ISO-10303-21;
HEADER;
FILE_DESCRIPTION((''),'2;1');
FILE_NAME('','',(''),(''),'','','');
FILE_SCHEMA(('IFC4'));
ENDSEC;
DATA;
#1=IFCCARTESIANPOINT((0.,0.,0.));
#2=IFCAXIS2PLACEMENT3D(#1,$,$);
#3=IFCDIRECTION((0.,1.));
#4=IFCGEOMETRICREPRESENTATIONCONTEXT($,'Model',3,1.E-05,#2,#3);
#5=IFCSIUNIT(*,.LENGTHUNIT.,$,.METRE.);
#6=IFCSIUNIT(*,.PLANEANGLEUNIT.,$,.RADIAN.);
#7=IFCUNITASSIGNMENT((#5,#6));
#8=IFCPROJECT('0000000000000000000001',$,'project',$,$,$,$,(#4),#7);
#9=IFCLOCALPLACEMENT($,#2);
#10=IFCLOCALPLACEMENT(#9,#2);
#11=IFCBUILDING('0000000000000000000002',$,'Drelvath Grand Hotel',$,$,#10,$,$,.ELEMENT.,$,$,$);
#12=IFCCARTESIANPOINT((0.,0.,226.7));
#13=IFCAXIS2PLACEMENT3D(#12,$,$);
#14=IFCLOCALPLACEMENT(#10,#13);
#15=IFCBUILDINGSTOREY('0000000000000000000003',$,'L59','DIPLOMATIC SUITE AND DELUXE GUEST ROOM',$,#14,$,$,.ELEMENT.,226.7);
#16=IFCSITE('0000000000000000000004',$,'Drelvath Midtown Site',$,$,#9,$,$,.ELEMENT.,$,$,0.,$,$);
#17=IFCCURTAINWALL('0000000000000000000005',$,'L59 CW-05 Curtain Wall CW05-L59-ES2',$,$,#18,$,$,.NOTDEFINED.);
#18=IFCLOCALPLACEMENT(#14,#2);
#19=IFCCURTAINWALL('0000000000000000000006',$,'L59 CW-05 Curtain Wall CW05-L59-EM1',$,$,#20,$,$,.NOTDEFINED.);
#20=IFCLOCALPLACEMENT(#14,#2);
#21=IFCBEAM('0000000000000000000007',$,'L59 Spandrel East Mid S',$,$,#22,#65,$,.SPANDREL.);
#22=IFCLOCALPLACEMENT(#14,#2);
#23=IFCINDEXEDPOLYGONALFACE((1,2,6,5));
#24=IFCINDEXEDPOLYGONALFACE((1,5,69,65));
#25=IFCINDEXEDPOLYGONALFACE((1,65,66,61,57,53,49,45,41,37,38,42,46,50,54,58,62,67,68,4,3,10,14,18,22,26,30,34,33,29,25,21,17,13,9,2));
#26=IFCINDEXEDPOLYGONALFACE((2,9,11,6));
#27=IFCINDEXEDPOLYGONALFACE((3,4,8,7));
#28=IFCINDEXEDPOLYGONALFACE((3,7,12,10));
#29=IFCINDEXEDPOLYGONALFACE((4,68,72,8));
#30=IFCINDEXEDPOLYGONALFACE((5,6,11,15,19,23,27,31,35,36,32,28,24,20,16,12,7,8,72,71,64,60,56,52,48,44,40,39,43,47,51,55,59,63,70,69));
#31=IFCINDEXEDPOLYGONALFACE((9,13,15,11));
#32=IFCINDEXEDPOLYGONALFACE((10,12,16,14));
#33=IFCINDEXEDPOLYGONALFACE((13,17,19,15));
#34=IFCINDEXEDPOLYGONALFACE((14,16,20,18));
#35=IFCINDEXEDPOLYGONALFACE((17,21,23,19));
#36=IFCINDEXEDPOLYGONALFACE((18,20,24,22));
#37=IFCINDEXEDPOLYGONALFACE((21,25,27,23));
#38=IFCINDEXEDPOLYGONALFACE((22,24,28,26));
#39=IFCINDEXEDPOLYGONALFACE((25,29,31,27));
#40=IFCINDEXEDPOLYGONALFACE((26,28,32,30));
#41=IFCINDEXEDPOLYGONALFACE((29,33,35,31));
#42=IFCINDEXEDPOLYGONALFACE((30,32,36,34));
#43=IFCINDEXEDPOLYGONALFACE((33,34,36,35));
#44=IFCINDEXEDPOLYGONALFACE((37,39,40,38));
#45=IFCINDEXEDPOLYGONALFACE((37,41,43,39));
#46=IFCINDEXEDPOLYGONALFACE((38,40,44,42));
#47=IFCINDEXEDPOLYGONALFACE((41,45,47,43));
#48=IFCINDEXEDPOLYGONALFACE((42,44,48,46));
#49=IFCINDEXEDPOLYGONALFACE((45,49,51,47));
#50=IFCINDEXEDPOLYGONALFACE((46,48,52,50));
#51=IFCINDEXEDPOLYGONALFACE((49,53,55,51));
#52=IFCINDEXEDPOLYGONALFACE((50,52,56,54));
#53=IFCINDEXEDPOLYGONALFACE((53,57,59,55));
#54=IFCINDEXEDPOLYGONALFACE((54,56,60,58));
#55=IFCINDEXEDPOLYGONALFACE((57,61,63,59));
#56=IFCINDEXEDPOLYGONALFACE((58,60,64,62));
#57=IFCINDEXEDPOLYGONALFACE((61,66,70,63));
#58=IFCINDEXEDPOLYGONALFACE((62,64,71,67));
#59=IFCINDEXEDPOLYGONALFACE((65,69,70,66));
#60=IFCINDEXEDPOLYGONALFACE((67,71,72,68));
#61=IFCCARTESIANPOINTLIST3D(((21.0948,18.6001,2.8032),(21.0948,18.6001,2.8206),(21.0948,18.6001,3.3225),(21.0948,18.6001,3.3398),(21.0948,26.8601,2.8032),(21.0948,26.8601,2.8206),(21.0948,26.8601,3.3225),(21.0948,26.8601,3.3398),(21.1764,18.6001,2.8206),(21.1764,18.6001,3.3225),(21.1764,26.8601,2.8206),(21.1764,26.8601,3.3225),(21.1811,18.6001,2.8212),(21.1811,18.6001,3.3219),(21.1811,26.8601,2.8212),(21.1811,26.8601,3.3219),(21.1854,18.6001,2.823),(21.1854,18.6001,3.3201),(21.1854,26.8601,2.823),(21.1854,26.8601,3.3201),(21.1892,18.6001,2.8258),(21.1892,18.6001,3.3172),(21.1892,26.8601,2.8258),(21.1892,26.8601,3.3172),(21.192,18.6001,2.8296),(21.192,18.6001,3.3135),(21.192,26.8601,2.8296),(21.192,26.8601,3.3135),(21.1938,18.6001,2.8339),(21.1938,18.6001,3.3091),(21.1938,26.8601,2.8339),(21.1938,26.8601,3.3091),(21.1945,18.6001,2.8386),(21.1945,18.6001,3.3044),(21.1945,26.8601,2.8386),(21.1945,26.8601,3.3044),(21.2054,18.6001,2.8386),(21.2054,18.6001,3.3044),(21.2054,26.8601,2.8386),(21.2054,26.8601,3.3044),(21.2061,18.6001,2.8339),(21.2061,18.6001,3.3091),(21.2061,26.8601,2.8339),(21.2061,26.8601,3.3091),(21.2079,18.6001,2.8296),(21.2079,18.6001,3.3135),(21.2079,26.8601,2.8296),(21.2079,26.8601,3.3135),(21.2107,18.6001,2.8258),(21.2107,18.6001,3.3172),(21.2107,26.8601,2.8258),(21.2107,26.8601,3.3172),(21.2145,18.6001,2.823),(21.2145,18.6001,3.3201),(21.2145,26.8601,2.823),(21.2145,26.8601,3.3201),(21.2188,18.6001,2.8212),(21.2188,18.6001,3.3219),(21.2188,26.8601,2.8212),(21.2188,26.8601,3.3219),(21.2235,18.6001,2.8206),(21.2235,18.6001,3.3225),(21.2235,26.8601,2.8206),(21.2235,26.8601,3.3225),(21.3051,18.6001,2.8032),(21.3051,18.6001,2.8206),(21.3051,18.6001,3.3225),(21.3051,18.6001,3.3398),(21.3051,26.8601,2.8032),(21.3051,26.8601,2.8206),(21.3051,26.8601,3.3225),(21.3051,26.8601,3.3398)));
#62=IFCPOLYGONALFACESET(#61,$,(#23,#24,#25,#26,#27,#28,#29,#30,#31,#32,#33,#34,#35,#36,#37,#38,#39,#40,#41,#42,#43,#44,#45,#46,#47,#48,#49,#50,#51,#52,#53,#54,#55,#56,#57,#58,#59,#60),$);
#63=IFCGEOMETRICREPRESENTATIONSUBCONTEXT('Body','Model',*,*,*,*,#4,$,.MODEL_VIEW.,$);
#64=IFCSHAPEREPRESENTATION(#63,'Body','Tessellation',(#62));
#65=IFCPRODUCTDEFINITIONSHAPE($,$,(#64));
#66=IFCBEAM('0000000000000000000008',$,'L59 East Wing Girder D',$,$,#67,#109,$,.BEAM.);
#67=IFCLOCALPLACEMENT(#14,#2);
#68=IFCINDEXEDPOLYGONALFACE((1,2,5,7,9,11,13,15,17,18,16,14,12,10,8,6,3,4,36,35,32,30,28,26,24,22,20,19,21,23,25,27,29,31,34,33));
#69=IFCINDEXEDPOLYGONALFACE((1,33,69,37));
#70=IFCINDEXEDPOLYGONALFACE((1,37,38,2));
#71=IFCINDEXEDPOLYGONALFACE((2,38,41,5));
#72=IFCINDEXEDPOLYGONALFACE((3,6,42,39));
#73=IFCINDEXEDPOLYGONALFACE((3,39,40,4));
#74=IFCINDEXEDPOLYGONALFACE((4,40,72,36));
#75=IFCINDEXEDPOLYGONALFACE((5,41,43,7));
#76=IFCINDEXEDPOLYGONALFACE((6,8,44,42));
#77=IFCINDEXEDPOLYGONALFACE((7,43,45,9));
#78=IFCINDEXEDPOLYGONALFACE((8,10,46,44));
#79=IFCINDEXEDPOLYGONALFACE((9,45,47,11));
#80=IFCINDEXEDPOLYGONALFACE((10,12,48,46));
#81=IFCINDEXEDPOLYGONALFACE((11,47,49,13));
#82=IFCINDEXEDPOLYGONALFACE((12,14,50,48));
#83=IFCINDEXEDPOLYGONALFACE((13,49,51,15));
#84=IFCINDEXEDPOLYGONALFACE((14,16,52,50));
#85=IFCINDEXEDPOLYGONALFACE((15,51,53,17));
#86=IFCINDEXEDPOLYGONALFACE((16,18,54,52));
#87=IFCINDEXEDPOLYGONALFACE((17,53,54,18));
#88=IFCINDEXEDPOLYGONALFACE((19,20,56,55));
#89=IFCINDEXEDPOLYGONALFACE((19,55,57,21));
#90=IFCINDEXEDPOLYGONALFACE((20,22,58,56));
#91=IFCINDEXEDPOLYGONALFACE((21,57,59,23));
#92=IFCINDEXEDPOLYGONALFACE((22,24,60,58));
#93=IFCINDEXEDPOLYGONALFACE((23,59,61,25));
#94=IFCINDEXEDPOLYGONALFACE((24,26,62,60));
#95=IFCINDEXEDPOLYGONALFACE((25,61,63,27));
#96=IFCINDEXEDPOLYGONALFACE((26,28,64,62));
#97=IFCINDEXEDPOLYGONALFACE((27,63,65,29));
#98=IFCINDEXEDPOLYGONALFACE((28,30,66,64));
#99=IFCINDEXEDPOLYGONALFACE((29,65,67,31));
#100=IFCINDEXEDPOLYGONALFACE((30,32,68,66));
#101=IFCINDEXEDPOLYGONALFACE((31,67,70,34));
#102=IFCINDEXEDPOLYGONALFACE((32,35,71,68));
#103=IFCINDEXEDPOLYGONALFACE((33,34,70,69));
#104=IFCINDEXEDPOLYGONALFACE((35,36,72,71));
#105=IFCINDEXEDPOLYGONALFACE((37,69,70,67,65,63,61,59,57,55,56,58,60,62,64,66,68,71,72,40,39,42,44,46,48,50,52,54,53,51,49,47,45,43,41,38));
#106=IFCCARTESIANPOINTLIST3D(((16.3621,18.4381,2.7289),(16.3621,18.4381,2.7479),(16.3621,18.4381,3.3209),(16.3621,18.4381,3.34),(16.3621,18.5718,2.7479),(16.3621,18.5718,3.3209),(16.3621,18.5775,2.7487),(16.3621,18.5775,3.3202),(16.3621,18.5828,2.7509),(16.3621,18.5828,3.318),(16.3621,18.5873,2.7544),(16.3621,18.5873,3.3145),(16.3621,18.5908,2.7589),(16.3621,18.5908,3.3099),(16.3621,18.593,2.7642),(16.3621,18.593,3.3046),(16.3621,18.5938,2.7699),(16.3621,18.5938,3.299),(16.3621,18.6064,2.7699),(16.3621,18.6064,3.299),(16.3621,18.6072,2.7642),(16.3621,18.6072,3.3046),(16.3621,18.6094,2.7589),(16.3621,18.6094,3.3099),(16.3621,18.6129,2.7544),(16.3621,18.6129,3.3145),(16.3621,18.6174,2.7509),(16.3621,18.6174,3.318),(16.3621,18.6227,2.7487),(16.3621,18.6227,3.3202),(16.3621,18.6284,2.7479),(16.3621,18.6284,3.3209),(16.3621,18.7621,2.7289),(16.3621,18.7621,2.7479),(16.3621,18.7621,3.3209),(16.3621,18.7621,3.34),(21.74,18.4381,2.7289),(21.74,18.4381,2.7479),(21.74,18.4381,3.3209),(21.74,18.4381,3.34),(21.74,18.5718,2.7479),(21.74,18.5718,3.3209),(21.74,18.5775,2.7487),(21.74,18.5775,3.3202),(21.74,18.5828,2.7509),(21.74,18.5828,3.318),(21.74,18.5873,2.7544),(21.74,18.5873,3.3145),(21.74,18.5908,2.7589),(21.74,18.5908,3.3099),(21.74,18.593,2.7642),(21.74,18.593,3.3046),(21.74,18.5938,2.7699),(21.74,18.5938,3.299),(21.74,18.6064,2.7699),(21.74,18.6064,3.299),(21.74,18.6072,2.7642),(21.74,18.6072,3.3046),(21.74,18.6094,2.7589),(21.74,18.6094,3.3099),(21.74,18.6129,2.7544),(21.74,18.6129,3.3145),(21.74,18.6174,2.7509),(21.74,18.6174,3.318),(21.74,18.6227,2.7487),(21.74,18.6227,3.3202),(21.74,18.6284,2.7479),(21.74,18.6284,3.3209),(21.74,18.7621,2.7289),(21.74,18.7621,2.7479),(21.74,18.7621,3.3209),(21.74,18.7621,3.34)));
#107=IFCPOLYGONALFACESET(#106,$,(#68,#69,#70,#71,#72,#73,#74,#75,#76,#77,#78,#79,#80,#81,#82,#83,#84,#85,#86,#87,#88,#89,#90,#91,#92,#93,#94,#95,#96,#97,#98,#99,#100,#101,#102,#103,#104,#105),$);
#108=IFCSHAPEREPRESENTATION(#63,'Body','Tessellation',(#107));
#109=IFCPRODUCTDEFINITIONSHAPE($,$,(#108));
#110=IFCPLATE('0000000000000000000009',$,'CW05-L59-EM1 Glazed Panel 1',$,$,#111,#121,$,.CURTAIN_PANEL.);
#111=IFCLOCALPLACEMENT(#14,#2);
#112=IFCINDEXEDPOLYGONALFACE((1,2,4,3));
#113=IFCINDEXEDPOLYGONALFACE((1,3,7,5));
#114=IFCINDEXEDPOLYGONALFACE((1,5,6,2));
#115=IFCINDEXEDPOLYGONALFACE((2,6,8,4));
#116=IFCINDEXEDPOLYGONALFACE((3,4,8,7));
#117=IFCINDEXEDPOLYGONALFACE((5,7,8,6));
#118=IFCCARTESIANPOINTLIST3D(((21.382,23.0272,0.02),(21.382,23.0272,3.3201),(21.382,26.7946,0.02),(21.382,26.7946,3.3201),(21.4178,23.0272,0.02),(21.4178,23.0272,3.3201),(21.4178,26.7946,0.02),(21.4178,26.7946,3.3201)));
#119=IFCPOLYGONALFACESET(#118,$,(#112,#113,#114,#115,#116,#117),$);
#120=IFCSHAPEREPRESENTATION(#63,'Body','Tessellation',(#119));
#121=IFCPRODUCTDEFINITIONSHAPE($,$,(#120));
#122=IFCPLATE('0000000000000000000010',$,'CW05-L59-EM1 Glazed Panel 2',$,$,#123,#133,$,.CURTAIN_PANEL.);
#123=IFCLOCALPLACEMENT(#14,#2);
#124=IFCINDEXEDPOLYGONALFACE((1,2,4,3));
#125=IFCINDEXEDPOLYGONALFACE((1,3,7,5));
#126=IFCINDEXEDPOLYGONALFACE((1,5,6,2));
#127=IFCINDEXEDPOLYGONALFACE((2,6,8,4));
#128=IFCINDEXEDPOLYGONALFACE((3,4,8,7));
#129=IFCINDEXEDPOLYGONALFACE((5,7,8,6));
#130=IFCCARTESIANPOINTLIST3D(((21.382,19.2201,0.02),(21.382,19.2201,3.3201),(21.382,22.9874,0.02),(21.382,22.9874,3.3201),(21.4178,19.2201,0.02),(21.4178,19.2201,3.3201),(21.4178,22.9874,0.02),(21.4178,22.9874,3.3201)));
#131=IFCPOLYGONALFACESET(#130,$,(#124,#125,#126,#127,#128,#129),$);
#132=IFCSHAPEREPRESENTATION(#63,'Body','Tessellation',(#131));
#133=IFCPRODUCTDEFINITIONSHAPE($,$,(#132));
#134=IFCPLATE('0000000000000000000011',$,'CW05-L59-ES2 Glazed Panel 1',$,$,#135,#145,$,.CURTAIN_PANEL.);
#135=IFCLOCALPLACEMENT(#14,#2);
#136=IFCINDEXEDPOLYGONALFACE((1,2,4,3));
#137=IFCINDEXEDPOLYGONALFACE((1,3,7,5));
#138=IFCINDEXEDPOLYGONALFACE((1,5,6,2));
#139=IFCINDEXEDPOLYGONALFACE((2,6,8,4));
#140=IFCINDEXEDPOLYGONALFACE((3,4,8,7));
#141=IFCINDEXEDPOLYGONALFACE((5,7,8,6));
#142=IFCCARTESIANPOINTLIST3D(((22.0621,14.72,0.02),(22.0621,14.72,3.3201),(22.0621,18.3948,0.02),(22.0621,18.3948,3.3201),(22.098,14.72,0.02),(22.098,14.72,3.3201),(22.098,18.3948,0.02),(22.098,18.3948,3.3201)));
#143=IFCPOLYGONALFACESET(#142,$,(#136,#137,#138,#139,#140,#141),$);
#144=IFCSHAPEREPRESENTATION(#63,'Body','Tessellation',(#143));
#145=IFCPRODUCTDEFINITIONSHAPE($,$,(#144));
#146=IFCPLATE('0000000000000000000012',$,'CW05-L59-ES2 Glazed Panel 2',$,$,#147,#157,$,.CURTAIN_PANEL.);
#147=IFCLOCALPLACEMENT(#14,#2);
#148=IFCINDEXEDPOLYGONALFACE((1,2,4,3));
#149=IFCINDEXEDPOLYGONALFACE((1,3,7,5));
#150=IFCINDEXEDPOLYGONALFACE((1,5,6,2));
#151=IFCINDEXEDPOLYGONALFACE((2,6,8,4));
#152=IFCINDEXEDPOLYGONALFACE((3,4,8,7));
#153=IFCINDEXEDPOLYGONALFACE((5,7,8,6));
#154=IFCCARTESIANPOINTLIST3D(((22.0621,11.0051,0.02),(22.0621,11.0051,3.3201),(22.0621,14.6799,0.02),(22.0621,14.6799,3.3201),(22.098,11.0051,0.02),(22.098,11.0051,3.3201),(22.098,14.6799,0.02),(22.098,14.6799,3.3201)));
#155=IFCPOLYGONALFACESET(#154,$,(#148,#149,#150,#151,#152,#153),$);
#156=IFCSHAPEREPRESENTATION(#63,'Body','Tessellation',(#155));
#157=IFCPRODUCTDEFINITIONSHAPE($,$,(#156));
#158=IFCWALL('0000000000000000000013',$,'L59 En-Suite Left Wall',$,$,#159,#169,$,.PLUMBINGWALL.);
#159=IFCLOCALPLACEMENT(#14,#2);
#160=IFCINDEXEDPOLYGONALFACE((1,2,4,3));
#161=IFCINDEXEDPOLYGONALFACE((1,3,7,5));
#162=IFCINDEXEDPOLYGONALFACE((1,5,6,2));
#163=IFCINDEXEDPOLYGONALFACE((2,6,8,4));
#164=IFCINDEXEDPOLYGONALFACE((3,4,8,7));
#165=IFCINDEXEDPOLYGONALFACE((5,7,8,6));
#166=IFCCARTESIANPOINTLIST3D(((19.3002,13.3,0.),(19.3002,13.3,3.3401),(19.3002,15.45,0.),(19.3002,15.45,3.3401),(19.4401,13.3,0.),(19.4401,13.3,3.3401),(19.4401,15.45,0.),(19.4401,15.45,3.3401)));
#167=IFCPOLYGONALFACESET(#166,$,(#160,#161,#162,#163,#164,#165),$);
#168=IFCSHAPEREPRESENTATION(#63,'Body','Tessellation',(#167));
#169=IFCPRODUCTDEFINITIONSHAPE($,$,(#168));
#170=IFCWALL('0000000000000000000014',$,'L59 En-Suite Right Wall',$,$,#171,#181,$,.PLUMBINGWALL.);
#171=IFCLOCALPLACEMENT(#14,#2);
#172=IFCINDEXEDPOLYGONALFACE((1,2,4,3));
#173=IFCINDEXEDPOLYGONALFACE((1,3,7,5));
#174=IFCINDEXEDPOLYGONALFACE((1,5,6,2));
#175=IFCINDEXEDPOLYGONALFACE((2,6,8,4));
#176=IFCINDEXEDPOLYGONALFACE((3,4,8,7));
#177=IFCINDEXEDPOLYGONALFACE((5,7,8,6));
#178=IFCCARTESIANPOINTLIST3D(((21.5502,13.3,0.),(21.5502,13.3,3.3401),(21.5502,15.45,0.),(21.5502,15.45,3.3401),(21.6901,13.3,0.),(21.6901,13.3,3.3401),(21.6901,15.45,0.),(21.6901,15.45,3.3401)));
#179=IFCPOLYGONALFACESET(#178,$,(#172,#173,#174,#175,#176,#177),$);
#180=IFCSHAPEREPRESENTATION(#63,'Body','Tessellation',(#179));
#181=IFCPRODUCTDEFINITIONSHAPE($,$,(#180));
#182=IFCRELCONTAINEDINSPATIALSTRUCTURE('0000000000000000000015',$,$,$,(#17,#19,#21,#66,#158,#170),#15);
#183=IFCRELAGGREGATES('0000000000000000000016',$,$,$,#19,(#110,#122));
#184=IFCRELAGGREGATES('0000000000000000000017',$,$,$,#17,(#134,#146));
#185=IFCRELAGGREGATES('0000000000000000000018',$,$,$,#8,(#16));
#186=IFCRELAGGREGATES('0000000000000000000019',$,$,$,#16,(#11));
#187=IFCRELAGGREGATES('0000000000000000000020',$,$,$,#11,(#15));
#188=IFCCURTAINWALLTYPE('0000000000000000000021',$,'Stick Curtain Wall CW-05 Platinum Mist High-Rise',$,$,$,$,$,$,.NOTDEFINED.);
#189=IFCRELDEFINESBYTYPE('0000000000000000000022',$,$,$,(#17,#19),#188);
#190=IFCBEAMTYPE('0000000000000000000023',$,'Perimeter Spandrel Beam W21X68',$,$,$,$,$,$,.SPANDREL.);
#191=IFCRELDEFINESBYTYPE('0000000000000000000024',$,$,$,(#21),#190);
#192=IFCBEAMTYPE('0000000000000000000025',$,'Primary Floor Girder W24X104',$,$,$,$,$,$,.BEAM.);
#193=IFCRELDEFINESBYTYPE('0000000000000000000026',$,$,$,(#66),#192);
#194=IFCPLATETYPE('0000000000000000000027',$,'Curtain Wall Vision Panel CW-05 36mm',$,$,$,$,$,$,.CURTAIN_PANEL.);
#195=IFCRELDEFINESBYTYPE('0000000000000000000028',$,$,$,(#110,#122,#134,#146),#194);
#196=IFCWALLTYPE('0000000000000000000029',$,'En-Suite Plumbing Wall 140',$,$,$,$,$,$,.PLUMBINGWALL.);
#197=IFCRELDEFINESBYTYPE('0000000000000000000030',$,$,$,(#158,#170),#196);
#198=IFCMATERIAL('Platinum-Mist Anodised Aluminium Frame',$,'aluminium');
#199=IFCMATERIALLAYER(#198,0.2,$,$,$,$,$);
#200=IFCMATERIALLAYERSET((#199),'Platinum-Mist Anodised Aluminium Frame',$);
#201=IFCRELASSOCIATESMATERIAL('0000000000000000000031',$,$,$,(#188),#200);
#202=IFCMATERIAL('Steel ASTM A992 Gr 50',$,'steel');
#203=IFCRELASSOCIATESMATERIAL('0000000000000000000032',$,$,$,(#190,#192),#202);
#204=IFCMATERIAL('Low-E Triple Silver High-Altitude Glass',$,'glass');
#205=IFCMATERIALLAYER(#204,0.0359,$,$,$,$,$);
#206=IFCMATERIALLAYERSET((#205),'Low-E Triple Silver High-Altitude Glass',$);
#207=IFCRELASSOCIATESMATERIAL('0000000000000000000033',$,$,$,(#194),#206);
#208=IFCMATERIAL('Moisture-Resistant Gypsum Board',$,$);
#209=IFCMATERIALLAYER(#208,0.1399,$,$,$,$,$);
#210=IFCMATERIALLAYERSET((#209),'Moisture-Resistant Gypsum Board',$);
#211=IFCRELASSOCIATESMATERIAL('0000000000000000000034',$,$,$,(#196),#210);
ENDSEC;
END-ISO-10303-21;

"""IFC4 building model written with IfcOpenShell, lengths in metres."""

from ifc_helpers import new_model, si_unit, direction, frame, frame_2d, origin, origin_2d, place, context, subcontext, project, spatial, rectangle, i_section, extrude, material, layer, layer_set, material_profile, profile_set, type_object, element, aggregate, save


model = new_model("IFC4")

# Units and contexts
model_context = context("Model", 3, precision=1e-05, world=origin(), true_north=direction((0.0, 1.0)))
body_context = subcontext(model_context, "Body", "Model", "MODEL_VIEW")
ifc_project = project(units=[si_unit("LENGTHUNIT", "METRE"), si_unit("PLANEANGLEUNIT", "RADIAN")], contexts=[model_context])

# Site, building, storey
site_placement = place(None, origin())
site = spatial("IfcSite", under=ifc_project, at=site_placement, Name="Drelvath Midtown Site", CompositionType="ELEMENT", RefElevation=0.0)
building_placement = place(site_placement, origin())
building = spatial("IfcBuilding", under=site, at=building_placement, Name="Drelvath Grand Hotel", CompositionType="ELEMENT")
storey_placement = place(building_placement, frame((0.0, 0.0, 226.7)))
storey = spatial("IfcBuildingStorey", under=building, at=storey_placement, Name="L59", Description="DIPLOMATIC SUITE AND DELUXE GUEST ROOM", CompositionType="ELEMENT", Elevation=226.7)

# Curtain wall
ifc_material_1 = material(Name="Platinum-Mist Anodised Aluminium Frame", Category="aluminium")
ifc_layer_1 = layer(ifc_material_1, 0.2)
ifc_layer_set_1 = layer_set([ifc_layer_1], Name="Platinum-Mist Anodised Aluminium Frame")
curtain_wall_type = type_object("IfcCurtainWallType", Name="Stick Curtain Wall CW-05 Platinum Mist High-Rise", PredefinedType="NOTDEFINED", material=ifc_layer_set_1)
curtain_wall_1_placement = place(storey_placement, origin())
curtain_wall_1 = element("IfcCurtainWall", 1, at=curtain_wall_1_placement, inside=storey, type_object=curtain_wall_type, Name="L59 CW-05 Curtain Wall CW05-L59-ES2", PredefinedType="NOTDEFINED")

# Curtain wall
curtain_wall_2_placement = place(storey_placement, origin())
curtain_wall_2 = element("IfcCurtainWall", 2, at=curtain_wall_2_placement, inside=storey, type_object=curtain_wall_type, Name="L59 CW-05 Curtain Wall CW05-L59-EM1", PredefinedType="NOTDEFINED")

# Beams
ifc_material_2 = material(Name="Steel ASTM A992 Gr 50", Category="steel")
ifc_material_profile_1 = material_profile(ifc_material_2, i_section(OverallWidth=0.2102, OverallDepth=0.5366, WebThickness=0.011, FlangeThickness=0.0173, FilletRadius=0.0181, at=origin_2d()), Name="W21X68")
ifc_profile_set_1 = profile_set([ifc_material_profile_1], Name="Steel ASTM A992 Gr 50")
beam_type_1 = type_object("IfcBeamType", Name="Perimeter Spandrel Beam W21X68", PredefinedType="SPANDREL", material=ifc_profile_set_1)
beam_1_placement = place(storey_placement, frame((21.2, 18.6001, 3.0715), z_axis=(0.0, 1.0, 0.0), x_axis=(-1.0, 0.0, 0.0)))
element("IfcBeam", 3, at=beam_1_placement, inside=storey, type_object=beam_type_1, Name="L59 Spandrel East Mid S", PredefinedType="SPANDREL", context=body_context, shape_type="SweptSolid", body=[
    extrude(i_section(OverallWidth=0.2102, OverallDepth=0.5366, WebThickness=0.011, FlangeThickness=0.0173, FilletRadius=0.0181, at=origin_2d()), origin(), (0.0, 0.0, 1.0), 8.26),
])
ifc_material_profile_2 = material_profile(ifc_material_2, i_section(OverallWidth=0.324, OverallDepth=0.6111, WebThickness=0.0127, FlangeThickness=0.019, FilletRadius=0.022, at=origin_2d()), Name="W24X104")
ifc_profile_set_2 = profile_set([ifc_material_profile_2], Name="Steel ASTM A992 Gr 50")
beam_type_2 = type_object("IfcBeamType", Name="Primary Floor Girder W24X104", PredefinedType="BEAM", material=ifc_profile_set_2)
beam_2_placement = place(storey_placement, frame((16.3621, 18.6001, 3.0344), z_axis=(1.0, 0.0, 0.0), x_axis=(0.0, 1.0, 0.0)))
element("IfcBeam", 4, at=beam_2_placement, inside=storey, type_object=beam_type_2, Name="L59 East Wing Girder D", PredefinedType="BEAM", context=body_context, shape_type="SweptSolid", body=[
    extrude(i_section(OverallWidth=0.324, OverallDepth=0.6111, WebThickness=0.0127, FlangeThickness=0.019, FilletRadius=0.022, at=origin_2d()), origin(), (0.0, 0.0, 1.0), 5.3779),
])

# Plates
ifc_material_3 = material(Name="Low-E Triple Silver High-Altitude Glass", Category="glass")
ifc_layer_2 = layer(ifc_material_3, 0.0359)
ifc_layer_set_2 = layer_set([ifc_layer_2], Name="Low-E Triple Silver High-Altitude Glass")
plate_type = type_object("IfcPlateType", Name="Curtain Wall Vision Panel CW-05 36mm", PredefinedType="CURTAIN_PANEL", material=ifc_layer_set_2)
plate_1_placement = place(storey_placement, frame((21.3999, 24.9109, 0.02), z_axis=(0.0, 0.0, 1.0), x_axis=(0.0, -1.0, 0.0)))
plate_1 = element("IfcPlate", 5, at=plate_1_placement, type_object=plate_type, Name="CW05-L59-EM1 Glazed Panel 1", PredefinedType="CURTAIN_PANEL", context=body_context, shape_type="SweptSolid", body=[
    extrude(rectangle(XDim=3.7673, YDim=0.0359, at=origin_2d()), origin(), (0.0, 0.0, 1.0), 3.3),
])
plate_2_placement = place(storey_placement, frame((21.3999, 21.1038, 0.02), z_axis=(0.0, 0.0, 1.0), x_axis=(0.0, -1.0, 0.0)))
plate_2 = element("IfcPlate", 6, at=plate_2_placement, type_object=plate_type, Name="CW05-L59-EM1 Glazed Panel 2", PredefinedType="CURTAIN_PANEL", context=body_context, shape_type="SweptSolid", body=[
    extrude(rectangle(XDim=3.7673, YDim=0.0359, at=origin_2d()), origin(), (0.0, 0.0, 1.0), 3.3),
])
aggregate(curtain_wall_2, [plate_1, plate_2])
plate_3_placement = place(storey_placement, frame((22.0801, 16.5574, 0.02), z_axis=(0.0, 0.0, 1.0), x_axis=(0.0, -1.0, 0.0)))
plate_3 = element("IfcPlate", 7, at=plate_3_placement, type_object=plate_type, Name="CW05-L59-ES2 Glazed Panel 1", PredefinedType="CURTAIN_PANEL", context=body_context, shape_type="SweptSolid", body=[
    extrude(rectangle(XDim=3.6748, YDim=0.0359, at=origin_2d()), origin(), (0.0, 0.0, 1.0), 3.3),
])
plate_4_placement = place(storey_placement, frame((22.0801, 12.8425, 0.02), z_axis=(0.0, 0.0, 1.0), x_axis=(0.0, -1.0, 0.0)))
plate_4 = element("IfcPlate", 8, at=plate_4_placement, type_object=plate_type, Name="CW05-L59-ES2 Glazed Panel 2", PredefinedType="CURTAIN_PANEL", context=body_context, shape_type="SweptSolid", body=[
    extrude(rectangle(XDim=3.6748, YDim=0.0359, at=origin_2d()), origin(), (0.0, 0.0, 1.0), 3.3),
])
aggregate(curtain_wall_1, [plate_3, plate_4])

# Walls
ifc_material_4 = material(Name="Moisture-Resistant Gypsum Board")
ifc_layer_3 = layer(ifc_material_4, 0.1399)
ifc_layer_set_3 = layer_set([ifc_layer_3], Name="Moisture-Resistant Gypsum Board")
wall_type_1 = type_object("IfcWallType", Name="En-Suite Plumbing Wall 140", PredefinedType="PLUMBINGWALL", material=ifc_layer_set_3)
for number, where, z_axis, x_axis, name in (
    (9, (19.3701, 15.45, 0.0), (0.0, 0.0, 1.0), (0.0, -1.0, 0.0), "L59 En-Suite Left Wall"),
    (10, (21.6201, 15.45, 0.0), (0.0, 0.0, 1.0), (0.0, -1.0, 0.0), "L59 En-Suite Right Wall"),
):
    element("IfcWall", number, at=place(storey_placement, frame(where, z_axis=z_axis, x_axis=x_axis)), inside=storey, type_object=wall_type_1, Name=name, PredefinedType="PLUMBINGWALL", context=body_context, shape_type="SweptSolid", body=[
        extrude(rectangle(XDim=2.1499, YDim=0.1399, at=frame_2d((1.075, 0.0))), origin(), (0.0, 0.0, 1.0), 3.3401),
    ])

save(model, "model.ifc")
